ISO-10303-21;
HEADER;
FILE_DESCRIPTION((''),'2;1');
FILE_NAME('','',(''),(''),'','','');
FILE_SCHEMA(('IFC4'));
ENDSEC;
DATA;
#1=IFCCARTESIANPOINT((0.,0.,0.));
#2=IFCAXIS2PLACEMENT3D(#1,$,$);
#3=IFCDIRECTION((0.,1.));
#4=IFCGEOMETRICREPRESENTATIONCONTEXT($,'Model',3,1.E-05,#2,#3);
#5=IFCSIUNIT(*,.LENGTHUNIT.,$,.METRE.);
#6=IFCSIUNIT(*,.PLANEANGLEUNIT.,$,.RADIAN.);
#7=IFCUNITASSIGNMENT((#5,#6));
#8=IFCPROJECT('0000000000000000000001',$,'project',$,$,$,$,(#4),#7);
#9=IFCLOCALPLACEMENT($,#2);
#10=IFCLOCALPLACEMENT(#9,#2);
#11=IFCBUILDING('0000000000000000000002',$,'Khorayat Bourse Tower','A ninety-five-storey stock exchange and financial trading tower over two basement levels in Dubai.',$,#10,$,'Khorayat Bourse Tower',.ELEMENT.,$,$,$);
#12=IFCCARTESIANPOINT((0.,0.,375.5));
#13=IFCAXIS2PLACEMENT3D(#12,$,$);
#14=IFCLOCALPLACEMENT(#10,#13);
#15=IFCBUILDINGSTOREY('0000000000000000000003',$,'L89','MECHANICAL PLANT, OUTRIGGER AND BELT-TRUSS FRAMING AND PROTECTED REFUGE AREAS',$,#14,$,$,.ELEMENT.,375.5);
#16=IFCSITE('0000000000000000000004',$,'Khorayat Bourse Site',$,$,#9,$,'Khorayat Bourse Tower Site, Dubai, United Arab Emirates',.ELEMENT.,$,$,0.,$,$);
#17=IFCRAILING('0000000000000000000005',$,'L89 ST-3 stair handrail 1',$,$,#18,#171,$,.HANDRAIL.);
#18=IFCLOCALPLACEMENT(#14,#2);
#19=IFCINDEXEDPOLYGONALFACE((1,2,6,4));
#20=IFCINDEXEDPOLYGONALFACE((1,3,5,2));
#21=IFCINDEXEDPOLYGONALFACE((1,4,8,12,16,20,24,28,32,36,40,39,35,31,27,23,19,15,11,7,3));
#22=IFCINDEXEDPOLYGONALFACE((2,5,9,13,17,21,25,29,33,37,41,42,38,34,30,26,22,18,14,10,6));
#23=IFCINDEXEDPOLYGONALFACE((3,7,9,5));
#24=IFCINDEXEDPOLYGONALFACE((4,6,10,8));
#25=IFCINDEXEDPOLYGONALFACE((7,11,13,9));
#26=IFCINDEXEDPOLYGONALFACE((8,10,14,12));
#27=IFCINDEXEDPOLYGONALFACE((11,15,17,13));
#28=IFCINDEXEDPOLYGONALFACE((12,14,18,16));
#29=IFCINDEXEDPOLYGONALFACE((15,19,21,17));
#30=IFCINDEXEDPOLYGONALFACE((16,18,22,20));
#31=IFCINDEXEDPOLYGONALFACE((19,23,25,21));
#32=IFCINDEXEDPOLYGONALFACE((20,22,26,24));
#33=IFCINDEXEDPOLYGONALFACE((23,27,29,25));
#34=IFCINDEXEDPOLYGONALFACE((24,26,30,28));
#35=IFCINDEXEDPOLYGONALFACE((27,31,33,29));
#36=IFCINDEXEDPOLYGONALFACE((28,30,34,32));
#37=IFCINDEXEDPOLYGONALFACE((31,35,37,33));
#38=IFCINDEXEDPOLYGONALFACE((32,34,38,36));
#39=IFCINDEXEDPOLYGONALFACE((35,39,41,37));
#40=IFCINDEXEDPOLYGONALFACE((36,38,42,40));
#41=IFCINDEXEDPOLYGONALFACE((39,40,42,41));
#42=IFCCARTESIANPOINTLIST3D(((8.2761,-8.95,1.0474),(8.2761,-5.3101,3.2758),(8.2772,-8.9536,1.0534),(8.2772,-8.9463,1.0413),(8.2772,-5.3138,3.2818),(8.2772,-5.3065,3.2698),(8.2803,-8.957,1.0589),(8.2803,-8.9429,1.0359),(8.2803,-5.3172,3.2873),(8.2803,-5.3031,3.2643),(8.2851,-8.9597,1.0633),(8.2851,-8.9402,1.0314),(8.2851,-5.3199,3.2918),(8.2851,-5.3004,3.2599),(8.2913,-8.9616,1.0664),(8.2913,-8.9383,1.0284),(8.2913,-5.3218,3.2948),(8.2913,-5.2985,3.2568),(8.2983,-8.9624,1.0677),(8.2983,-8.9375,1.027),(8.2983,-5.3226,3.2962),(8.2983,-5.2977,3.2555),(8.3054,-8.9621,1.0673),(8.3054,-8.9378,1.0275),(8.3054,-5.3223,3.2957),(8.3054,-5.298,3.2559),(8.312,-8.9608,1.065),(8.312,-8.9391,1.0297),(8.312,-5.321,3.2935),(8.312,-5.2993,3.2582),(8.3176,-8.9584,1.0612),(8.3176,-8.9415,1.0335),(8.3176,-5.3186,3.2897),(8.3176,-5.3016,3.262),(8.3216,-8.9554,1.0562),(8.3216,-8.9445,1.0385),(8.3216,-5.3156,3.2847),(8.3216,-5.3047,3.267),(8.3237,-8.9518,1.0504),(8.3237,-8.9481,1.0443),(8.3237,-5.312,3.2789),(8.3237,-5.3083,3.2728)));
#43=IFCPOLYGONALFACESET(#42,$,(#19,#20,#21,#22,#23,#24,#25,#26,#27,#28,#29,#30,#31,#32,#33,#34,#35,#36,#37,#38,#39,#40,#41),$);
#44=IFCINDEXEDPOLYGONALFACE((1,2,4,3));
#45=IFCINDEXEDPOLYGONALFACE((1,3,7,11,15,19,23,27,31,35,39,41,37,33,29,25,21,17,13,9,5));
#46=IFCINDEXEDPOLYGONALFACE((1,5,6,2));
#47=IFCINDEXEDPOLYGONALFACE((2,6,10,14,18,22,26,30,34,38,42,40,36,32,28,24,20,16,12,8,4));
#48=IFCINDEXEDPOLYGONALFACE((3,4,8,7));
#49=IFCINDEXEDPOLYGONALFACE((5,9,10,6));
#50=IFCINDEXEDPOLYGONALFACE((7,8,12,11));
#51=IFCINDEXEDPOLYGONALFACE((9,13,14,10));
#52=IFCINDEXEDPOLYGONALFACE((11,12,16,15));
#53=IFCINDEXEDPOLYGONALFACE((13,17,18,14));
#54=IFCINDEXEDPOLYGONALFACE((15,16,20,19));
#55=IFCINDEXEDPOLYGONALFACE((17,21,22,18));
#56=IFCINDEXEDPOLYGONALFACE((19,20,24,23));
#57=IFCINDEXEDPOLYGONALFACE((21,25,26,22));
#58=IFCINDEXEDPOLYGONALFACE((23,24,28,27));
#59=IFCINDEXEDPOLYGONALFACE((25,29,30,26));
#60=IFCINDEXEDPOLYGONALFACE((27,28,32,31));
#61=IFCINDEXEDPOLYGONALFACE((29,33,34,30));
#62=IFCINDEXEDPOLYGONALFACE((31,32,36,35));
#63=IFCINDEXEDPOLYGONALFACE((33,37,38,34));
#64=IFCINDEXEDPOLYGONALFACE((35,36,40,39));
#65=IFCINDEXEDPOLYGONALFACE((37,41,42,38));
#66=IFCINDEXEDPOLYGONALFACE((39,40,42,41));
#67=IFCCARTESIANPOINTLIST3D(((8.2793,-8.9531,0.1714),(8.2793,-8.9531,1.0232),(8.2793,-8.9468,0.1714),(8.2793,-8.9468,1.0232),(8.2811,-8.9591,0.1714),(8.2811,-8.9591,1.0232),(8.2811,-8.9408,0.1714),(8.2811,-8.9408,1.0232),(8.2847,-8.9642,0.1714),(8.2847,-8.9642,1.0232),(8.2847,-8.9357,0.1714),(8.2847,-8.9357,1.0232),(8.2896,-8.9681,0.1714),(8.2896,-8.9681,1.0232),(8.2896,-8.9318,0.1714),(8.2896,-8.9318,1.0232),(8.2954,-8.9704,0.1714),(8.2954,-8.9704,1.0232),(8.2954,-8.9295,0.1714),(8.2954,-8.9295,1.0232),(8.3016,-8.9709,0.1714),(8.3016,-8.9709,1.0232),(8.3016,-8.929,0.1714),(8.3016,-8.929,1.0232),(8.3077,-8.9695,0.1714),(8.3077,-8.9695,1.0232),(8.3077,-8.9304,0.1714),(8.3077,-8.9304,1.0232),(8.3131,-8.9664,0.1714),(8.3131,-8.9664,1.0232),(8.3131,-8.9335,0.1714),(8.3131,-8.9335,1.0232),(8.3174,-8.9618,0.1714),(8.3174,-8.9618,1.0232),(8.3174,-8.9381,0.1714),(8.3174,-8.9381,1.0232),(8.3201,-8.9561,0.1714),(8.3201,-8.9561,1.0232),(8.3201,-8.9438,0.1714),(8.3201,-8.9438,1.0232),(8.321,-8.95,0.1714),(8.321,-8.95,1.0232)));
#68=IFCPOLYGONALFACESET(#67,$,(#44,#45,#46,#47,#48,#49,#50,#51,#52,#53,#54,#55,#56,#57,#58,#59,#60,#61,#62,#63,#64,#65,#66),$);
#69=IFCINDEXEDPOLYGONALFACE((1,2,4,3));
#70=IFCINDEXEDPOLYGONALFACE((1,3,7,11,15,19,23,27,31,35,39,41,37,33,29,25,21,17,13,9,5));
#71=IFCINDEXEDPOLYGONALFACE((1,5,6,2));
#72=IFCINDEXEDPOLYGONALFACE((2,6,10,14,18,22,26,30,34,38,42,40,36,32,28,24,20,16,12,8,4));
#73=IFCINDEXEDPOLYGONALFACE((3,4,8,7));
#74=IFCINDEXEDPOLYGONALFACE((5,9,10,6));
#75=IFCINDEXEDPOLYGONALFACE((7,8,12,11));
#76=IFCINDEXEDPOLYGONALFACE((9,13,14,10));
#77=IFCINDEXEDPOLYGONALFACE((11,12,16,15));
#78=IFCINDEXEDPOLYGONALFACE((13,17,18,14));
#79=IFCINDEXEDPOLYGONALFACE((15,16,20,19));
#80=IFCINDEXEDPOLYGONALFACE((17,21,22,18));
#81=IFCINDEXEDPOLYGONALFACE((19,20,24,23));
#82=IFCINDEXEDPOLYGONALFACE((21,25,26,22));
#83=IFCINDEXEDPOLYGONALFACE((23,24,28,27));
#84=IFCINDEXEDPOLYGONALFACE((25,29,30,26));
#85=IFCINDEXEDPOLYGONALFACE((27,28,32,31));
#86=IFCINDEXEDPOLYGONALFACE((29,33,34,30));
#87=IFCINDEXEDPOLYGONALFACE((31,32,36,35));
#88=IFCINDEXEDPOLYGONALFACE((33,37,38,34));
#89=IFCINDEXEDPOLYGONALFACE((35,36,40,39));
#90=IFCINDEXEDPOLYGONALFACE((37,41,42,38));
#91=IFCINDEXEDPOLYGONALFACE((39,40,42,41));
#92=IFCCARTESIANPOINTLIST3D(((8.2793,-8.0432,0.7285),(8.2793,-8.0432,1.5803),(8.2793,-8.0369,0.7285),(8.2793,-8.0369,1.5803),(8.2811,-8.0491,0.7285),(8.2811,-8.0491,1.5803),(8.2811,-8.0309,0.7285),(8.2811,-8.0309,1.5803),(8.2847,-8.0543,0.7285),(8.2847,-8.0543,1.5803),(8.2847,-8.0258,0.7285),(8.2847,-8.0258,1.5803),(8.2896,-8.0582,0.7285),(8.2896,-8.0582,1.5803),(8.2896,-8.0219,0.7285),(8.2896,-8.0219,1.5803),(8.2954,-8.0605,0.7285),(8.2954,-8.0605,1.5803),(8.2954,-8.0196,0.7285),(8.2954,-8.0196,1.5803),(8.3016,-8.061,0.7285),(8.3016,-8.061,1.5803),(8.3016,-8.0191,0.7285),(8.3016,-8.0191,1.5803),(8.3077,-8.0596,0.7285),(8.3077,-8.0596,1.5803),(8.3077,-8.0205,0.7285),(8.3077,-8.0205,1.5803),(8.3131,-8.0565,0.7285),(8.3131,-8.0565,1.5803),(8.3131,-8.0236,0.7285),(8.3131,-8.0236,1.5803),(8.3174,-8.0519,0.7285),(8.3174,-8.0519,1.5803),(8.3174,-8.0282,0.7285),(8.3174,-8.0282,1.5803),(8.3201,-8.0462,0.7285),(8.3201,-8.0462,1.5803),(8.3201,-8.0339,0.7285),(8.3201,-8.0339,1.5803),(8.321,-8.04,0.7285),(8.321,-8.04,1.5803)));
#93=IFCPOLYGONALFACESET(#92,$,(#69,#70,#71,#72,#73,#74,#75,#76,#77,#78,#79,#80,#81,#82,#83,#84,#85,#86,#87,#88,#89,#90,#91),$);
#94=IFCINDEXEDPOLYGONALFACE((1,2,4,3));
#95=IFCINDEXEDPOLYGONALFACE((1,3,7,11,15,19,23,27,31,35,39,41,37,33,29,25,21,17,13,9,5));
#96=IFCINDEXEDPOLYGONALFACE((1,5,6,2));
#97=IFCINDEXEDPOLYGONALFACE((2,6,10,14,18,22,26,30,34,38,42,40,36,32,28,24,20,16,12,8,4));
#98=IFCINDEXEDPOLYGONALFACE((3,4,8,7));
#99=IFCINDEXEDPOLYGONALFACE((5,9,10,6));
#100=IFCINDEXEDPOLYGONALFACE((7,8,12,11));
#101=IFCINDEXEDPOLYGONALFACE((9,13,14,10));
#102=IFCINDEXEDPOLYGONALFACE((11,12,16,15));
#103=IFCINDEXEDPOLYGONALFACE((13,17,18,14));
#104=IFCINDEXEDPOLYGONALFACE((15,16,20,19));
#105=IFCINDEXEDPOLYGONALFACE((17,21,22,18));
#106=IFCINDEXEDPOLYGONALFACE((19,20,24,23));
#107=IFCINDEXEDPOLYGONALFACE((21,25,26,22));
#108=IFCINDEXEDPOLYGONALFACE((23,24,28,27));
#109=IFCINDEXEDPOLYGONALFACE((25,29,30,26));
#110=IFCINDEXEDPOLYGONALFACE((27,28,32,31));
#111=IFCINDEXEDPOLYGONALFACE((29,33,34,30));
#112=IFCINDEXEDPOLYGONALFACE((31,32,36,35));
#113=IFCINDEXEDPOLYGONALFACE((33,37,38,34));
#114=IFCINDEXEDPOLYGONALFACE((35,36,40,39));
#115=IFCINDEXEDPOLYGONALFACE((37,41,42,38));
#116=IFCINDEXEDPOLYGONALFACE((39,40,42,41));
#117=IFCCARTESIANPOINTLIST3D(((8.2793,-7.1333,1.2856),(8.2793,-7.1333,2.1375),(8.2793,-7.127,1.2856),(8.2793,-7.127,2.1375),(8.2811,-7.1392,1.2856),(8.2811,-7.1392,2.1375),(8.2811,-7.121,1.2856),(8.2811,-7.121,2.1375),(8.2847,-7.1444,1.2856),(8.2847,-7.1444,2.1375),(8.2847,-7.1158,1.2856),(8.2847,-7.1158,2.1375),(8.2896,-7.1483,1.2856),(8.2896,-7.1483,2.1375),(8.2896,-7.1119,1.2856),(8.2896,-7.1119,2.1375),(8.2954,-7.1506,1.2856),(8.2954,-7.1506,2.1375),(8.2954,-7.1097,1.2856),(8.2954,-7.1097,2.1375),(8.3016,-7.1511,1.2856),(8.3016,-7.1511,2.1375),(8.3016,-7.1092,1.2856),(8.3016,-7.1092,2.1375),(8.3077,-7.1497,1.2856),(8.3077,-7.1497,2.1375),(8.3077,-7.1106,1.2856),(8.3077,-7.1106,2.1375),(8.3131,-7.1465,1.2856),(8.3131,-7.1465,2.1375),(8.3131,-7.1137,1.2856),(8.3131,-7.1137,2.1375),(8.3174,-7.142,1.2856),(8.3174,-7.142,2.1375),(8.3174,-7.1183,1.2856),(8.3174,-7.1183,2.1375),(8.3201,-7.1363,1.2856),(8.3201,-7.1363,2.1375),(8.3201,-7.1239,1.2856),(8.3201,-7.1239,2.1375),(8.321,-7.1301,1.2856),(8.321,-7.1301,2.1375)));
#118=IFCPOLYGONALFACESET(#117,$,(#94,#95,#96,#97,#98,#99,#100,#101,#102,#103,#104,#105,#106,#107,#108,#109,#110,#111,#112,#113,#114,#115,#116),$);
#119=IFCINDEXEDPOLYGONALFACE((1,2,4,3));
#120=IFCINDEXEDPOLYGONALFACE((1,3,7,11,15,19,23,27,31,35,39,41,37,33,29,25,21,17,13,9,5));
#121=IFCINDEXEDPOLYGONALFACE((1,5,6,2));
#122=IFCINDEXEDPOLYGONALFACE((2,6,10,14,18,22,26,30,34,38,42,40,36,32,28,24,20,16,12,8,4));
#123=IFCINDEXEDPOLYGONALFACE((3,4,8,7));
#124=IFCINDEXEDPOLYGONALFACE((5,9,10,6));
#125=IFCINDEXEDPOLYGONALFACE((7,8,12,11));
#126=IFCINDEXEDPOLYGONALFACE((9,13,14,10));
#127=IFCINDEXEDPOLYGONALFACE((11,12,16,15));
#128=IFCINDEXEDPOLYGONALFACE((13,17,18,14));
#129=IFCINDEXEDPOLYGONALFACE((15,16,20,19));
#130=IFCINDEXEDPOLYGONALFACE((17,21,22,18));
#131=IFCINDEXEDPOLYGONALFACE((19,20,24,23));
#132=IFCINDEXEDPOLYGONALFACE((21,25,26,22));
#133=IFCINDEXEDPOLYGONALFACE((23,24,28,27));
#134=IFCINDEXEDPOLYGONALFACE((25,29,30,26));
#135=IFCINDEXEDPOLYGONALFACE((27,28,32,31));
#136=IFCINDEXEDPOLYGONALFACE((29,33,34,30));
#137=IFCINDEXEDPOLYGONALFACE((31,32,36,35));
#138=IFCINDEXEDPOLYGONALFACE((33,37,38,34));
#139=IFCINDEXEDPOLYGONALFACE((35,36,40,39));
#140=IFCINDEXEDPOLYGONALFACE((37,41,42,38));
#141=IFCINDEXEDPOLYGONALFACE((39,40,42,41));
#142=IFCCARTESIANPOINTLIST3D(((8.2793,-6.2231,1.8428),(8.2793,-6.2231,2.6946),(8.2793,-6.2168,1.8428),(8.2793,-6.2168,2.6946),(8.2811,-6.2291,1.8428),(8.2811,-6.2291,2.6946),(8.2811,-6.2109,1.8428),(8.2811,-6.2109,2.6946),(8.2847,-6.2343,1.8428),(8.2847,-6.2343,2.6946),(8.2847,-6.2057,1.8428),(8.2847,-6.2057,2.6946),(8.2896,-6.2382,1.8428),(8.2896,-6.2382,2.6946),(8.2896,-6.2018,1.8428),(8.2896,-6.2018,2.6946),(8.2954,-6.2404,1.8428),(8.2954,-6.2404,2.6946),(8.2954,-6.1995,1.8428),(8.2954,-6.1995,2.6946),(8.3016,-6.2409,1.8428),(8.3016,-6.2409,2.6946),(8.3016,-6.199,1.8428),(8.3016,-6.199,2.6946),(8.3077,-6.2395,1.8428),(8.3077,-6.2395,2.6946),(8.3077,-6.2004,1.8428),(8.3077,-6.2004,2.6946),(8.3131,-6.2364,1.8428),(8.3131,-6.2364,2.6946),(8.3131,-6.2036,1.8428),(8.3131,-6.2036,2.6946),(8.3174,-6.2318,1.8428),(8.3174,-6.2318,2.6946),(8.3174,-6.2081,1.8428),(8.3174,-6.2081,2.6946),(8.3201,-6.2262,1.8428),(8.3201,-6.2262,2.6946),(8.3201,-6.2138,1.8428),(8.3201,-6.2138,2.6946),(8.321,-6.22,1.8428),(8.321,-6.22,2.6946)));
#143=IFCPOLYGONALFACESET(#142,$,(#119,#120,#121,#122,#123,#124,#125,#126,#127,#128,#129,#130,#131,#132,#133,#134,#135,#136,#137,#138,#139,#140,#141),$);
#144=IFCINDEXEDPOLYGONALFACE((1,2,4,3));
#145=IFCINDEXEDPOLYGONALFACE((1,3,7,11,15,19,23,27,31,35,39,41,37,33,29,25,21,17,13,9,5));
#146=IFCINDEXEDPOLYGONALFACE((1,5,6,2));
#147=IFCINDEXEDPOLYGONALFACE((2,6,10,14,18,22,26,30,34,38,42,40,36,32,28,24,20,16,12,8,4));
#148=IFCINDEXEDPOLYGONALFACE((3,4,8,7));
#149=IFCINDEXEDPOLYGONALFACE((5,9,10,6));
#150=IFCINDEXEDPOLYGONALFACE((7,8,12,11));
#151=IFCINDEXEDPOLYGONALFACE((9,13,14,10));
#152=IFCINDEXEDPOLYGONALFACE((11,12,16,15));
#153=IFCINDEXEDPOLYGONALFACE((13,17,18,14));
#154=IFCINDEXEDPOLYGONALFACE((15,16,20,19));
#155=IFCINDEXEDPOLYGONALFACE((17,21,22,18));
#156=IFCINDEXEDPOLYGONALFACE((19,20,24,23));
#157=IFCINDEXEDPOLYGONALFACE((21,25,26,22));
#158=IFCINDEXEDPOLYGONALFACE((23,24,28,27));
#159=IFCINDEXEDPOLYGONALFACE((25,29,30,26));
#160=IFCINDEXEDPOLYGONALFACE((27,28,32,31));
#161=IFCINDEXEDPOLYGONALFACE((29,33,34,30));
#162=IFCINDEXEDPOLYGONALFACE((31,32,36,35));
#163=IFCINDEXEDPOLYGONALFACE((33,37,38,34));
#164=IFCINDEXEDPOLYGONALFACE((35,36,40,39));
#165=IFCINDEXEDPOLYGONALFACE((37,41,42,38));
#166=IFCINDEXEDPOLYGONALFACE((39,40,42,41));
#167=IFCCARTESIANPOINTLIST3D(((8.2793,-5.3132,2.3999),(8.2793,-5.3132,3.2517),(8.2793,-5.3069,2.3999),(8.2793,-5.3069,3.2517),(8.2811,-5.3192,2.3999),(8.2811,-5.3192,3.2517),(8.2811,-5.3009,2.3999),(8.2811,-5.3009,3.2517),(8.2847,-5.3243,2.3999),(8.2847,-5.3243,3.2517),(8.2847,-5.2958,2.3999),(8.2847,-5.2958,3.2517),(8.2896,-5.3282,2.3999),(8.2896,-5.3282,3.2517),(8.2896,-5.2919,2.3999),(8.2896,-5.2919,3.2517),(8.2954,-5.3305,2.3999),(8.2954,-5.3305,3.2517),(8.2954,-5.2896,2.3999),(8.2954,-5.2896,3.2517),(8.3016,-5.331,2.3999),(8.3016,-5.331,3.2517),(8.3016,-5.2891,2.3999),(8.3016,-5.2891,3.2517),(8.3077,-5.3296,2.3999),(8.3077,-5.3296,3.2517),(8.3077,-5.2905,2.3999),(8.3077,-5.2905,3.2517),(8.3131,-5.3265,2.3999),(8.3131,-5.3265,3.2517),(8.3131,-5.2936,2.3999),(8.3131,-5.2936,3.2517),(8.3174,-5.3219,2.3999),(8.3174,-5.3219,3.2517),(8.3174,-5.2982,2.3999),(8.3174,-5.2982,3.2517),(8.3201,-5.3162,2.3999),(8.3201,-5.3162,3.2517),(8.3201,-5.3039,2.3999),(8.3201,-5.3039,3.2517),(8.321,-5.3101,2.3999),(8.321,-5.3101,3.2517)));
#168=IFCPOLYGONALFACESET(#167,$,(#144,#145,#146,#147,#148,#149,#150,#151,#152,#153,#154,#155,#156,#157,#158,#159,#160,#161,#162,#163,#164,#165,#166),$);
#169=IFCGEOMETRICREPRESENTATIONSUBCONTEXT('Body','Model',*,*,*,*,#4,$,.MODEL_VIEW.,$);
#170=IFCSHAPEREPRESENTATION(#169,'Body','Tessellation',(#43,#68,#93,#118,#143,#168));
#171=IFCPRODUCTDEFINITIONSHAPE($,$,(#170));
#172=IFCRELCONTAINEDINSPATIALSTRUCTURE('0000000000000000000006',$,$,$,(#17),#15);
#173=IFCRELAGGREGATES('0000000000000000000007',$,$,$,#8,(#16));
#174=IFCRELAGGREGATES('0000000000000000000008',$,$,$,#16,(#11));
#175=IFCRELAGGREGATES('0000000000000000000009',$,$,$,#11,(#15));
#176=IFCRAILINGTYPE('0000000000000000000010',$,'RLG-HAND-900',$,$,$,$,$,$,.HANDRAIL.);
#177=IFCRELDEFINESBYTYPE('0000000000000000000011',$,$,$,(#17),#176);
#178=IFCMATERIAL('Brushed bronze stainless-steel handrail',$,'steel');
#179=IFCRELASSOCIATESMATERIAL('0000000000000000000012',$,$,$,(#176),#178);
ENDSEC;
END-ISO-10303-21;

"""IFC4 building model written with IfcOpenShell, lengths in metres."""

from ifc_helpers import new_model, si_unit, direction, frame, origin, origin_2d, place, context, subcontext, project, spatial, circle, extrude, source, transform, mapped, material, type_object, element, save


model = new_model("IFC4")

# Units and contexts
model_context = context("Model", 3, precision=1e-05, world=origin(), true_north=direction((0.0, 1.0)))
body_context = subcontext(model_context, "Body", "Model", "MODEL_VIEW")
ifc_project = project(units=[si_unit("LENGTHUNIT", "METRE"), si_unit("PLANEANGLEUNIT", "RADIAN")], contexts=[model_context])

# Site, building, storey
site_placement = place(None, origin())
site = spatial("IfcSite", under=ifc_project, at=site_placement, Name="Khorayat Bourse Site", LongName="Khorayat Bourse Tower Site, Dubai, United Arab Emirates", CompositionType="ELEMENT", RefElevation=0.0)
building_placement = place(site_placement, origin())
building = spatial("IfcBuilding", under=site, at=building_placement, Name="Khorayat Bourse Tower", Description="A ninety-five-storey stock exchange and financial trading tower over two basement levels in Dubai.", LongName="Khorayat Bourse Tower", CompositionType="ELEMENT")
storey_placement = place(building_placement, frame((0.0, 0.0, 375.5)))
storey = spatial("IfcBuildingStorey", under=building, at=storey_placement, Name="L89", Description="MECHANICAL PLANT, OUTRIGGER AND BELT-TRUSS FRAMING AND PROTECTED REFUGE AREAS", CompositionType="ELEMENT", Elevation=375.5)

# Railing
ifc_material_1 = material(Name="Brushed bronze stainless-steel handrail", Category="steel")
railing_type_1 = type_object("IfcRailingType", Name="RLG-HAND-900", PredefinedType="HANDRAIL", material=ifc_material_1)
shared_shape_1 = source(origin(), body_context, "Body", "SweptSolid", [
    extrude(circle(Radius=0.0239, at=origin_2d()), frame((0.0, 0.0, 0.876), z_axis=(0.0, 0.85285, 0.522156), x_axis=(-1.0, 0.0, 0.0)), (0.0, 0.0, 1.0), 4.2678),
    extrude(circle(Radius=0.021, at=origin_2d()), origin(), (0.0, 0.0, 1.0), 0.8518),
    extrude(circle(Radius=0.021, at=origin_2d()), frame((0.0, 0.9099, 0.5571)), (0.0, 0.0, 1.0), 0.8518),
    extrude(circle(Radius=0.021, at=origin_2d()), frame((0.0, 1.8198, 1.1143)), (0.0, 0.0, 1.0), 0.8518),
    extrude(circle(Radius=0.021, at=origin_2d()), frame((0.0, 2.73, 1.6714)), (0.0, 0.0, 1.0), 0.8518),
    extrude(circle(Radius=0.021, at=origin_2d()), frame((0.0, 3.6399, 2.2285)), (0.0, 0.0, 1.0), 0.8518),
])
railing_1_placement = place(storey_placement, frame((8.3, -8.95, 0.1714)))
element("IfcRailing", 1, at=railing_1_placement, inside=storey, type_object=railing_type_1, Name="L89 ST-3 stair handrail 1", PredefinedType="HANDRAIL", context=body_context, shape_type="MappedRepresentation", body=[
    mapped(shared_shape_1, transform((0.0, 0.0, 0.0), scale=1.0)),
])

save(model, "model.ifc")
